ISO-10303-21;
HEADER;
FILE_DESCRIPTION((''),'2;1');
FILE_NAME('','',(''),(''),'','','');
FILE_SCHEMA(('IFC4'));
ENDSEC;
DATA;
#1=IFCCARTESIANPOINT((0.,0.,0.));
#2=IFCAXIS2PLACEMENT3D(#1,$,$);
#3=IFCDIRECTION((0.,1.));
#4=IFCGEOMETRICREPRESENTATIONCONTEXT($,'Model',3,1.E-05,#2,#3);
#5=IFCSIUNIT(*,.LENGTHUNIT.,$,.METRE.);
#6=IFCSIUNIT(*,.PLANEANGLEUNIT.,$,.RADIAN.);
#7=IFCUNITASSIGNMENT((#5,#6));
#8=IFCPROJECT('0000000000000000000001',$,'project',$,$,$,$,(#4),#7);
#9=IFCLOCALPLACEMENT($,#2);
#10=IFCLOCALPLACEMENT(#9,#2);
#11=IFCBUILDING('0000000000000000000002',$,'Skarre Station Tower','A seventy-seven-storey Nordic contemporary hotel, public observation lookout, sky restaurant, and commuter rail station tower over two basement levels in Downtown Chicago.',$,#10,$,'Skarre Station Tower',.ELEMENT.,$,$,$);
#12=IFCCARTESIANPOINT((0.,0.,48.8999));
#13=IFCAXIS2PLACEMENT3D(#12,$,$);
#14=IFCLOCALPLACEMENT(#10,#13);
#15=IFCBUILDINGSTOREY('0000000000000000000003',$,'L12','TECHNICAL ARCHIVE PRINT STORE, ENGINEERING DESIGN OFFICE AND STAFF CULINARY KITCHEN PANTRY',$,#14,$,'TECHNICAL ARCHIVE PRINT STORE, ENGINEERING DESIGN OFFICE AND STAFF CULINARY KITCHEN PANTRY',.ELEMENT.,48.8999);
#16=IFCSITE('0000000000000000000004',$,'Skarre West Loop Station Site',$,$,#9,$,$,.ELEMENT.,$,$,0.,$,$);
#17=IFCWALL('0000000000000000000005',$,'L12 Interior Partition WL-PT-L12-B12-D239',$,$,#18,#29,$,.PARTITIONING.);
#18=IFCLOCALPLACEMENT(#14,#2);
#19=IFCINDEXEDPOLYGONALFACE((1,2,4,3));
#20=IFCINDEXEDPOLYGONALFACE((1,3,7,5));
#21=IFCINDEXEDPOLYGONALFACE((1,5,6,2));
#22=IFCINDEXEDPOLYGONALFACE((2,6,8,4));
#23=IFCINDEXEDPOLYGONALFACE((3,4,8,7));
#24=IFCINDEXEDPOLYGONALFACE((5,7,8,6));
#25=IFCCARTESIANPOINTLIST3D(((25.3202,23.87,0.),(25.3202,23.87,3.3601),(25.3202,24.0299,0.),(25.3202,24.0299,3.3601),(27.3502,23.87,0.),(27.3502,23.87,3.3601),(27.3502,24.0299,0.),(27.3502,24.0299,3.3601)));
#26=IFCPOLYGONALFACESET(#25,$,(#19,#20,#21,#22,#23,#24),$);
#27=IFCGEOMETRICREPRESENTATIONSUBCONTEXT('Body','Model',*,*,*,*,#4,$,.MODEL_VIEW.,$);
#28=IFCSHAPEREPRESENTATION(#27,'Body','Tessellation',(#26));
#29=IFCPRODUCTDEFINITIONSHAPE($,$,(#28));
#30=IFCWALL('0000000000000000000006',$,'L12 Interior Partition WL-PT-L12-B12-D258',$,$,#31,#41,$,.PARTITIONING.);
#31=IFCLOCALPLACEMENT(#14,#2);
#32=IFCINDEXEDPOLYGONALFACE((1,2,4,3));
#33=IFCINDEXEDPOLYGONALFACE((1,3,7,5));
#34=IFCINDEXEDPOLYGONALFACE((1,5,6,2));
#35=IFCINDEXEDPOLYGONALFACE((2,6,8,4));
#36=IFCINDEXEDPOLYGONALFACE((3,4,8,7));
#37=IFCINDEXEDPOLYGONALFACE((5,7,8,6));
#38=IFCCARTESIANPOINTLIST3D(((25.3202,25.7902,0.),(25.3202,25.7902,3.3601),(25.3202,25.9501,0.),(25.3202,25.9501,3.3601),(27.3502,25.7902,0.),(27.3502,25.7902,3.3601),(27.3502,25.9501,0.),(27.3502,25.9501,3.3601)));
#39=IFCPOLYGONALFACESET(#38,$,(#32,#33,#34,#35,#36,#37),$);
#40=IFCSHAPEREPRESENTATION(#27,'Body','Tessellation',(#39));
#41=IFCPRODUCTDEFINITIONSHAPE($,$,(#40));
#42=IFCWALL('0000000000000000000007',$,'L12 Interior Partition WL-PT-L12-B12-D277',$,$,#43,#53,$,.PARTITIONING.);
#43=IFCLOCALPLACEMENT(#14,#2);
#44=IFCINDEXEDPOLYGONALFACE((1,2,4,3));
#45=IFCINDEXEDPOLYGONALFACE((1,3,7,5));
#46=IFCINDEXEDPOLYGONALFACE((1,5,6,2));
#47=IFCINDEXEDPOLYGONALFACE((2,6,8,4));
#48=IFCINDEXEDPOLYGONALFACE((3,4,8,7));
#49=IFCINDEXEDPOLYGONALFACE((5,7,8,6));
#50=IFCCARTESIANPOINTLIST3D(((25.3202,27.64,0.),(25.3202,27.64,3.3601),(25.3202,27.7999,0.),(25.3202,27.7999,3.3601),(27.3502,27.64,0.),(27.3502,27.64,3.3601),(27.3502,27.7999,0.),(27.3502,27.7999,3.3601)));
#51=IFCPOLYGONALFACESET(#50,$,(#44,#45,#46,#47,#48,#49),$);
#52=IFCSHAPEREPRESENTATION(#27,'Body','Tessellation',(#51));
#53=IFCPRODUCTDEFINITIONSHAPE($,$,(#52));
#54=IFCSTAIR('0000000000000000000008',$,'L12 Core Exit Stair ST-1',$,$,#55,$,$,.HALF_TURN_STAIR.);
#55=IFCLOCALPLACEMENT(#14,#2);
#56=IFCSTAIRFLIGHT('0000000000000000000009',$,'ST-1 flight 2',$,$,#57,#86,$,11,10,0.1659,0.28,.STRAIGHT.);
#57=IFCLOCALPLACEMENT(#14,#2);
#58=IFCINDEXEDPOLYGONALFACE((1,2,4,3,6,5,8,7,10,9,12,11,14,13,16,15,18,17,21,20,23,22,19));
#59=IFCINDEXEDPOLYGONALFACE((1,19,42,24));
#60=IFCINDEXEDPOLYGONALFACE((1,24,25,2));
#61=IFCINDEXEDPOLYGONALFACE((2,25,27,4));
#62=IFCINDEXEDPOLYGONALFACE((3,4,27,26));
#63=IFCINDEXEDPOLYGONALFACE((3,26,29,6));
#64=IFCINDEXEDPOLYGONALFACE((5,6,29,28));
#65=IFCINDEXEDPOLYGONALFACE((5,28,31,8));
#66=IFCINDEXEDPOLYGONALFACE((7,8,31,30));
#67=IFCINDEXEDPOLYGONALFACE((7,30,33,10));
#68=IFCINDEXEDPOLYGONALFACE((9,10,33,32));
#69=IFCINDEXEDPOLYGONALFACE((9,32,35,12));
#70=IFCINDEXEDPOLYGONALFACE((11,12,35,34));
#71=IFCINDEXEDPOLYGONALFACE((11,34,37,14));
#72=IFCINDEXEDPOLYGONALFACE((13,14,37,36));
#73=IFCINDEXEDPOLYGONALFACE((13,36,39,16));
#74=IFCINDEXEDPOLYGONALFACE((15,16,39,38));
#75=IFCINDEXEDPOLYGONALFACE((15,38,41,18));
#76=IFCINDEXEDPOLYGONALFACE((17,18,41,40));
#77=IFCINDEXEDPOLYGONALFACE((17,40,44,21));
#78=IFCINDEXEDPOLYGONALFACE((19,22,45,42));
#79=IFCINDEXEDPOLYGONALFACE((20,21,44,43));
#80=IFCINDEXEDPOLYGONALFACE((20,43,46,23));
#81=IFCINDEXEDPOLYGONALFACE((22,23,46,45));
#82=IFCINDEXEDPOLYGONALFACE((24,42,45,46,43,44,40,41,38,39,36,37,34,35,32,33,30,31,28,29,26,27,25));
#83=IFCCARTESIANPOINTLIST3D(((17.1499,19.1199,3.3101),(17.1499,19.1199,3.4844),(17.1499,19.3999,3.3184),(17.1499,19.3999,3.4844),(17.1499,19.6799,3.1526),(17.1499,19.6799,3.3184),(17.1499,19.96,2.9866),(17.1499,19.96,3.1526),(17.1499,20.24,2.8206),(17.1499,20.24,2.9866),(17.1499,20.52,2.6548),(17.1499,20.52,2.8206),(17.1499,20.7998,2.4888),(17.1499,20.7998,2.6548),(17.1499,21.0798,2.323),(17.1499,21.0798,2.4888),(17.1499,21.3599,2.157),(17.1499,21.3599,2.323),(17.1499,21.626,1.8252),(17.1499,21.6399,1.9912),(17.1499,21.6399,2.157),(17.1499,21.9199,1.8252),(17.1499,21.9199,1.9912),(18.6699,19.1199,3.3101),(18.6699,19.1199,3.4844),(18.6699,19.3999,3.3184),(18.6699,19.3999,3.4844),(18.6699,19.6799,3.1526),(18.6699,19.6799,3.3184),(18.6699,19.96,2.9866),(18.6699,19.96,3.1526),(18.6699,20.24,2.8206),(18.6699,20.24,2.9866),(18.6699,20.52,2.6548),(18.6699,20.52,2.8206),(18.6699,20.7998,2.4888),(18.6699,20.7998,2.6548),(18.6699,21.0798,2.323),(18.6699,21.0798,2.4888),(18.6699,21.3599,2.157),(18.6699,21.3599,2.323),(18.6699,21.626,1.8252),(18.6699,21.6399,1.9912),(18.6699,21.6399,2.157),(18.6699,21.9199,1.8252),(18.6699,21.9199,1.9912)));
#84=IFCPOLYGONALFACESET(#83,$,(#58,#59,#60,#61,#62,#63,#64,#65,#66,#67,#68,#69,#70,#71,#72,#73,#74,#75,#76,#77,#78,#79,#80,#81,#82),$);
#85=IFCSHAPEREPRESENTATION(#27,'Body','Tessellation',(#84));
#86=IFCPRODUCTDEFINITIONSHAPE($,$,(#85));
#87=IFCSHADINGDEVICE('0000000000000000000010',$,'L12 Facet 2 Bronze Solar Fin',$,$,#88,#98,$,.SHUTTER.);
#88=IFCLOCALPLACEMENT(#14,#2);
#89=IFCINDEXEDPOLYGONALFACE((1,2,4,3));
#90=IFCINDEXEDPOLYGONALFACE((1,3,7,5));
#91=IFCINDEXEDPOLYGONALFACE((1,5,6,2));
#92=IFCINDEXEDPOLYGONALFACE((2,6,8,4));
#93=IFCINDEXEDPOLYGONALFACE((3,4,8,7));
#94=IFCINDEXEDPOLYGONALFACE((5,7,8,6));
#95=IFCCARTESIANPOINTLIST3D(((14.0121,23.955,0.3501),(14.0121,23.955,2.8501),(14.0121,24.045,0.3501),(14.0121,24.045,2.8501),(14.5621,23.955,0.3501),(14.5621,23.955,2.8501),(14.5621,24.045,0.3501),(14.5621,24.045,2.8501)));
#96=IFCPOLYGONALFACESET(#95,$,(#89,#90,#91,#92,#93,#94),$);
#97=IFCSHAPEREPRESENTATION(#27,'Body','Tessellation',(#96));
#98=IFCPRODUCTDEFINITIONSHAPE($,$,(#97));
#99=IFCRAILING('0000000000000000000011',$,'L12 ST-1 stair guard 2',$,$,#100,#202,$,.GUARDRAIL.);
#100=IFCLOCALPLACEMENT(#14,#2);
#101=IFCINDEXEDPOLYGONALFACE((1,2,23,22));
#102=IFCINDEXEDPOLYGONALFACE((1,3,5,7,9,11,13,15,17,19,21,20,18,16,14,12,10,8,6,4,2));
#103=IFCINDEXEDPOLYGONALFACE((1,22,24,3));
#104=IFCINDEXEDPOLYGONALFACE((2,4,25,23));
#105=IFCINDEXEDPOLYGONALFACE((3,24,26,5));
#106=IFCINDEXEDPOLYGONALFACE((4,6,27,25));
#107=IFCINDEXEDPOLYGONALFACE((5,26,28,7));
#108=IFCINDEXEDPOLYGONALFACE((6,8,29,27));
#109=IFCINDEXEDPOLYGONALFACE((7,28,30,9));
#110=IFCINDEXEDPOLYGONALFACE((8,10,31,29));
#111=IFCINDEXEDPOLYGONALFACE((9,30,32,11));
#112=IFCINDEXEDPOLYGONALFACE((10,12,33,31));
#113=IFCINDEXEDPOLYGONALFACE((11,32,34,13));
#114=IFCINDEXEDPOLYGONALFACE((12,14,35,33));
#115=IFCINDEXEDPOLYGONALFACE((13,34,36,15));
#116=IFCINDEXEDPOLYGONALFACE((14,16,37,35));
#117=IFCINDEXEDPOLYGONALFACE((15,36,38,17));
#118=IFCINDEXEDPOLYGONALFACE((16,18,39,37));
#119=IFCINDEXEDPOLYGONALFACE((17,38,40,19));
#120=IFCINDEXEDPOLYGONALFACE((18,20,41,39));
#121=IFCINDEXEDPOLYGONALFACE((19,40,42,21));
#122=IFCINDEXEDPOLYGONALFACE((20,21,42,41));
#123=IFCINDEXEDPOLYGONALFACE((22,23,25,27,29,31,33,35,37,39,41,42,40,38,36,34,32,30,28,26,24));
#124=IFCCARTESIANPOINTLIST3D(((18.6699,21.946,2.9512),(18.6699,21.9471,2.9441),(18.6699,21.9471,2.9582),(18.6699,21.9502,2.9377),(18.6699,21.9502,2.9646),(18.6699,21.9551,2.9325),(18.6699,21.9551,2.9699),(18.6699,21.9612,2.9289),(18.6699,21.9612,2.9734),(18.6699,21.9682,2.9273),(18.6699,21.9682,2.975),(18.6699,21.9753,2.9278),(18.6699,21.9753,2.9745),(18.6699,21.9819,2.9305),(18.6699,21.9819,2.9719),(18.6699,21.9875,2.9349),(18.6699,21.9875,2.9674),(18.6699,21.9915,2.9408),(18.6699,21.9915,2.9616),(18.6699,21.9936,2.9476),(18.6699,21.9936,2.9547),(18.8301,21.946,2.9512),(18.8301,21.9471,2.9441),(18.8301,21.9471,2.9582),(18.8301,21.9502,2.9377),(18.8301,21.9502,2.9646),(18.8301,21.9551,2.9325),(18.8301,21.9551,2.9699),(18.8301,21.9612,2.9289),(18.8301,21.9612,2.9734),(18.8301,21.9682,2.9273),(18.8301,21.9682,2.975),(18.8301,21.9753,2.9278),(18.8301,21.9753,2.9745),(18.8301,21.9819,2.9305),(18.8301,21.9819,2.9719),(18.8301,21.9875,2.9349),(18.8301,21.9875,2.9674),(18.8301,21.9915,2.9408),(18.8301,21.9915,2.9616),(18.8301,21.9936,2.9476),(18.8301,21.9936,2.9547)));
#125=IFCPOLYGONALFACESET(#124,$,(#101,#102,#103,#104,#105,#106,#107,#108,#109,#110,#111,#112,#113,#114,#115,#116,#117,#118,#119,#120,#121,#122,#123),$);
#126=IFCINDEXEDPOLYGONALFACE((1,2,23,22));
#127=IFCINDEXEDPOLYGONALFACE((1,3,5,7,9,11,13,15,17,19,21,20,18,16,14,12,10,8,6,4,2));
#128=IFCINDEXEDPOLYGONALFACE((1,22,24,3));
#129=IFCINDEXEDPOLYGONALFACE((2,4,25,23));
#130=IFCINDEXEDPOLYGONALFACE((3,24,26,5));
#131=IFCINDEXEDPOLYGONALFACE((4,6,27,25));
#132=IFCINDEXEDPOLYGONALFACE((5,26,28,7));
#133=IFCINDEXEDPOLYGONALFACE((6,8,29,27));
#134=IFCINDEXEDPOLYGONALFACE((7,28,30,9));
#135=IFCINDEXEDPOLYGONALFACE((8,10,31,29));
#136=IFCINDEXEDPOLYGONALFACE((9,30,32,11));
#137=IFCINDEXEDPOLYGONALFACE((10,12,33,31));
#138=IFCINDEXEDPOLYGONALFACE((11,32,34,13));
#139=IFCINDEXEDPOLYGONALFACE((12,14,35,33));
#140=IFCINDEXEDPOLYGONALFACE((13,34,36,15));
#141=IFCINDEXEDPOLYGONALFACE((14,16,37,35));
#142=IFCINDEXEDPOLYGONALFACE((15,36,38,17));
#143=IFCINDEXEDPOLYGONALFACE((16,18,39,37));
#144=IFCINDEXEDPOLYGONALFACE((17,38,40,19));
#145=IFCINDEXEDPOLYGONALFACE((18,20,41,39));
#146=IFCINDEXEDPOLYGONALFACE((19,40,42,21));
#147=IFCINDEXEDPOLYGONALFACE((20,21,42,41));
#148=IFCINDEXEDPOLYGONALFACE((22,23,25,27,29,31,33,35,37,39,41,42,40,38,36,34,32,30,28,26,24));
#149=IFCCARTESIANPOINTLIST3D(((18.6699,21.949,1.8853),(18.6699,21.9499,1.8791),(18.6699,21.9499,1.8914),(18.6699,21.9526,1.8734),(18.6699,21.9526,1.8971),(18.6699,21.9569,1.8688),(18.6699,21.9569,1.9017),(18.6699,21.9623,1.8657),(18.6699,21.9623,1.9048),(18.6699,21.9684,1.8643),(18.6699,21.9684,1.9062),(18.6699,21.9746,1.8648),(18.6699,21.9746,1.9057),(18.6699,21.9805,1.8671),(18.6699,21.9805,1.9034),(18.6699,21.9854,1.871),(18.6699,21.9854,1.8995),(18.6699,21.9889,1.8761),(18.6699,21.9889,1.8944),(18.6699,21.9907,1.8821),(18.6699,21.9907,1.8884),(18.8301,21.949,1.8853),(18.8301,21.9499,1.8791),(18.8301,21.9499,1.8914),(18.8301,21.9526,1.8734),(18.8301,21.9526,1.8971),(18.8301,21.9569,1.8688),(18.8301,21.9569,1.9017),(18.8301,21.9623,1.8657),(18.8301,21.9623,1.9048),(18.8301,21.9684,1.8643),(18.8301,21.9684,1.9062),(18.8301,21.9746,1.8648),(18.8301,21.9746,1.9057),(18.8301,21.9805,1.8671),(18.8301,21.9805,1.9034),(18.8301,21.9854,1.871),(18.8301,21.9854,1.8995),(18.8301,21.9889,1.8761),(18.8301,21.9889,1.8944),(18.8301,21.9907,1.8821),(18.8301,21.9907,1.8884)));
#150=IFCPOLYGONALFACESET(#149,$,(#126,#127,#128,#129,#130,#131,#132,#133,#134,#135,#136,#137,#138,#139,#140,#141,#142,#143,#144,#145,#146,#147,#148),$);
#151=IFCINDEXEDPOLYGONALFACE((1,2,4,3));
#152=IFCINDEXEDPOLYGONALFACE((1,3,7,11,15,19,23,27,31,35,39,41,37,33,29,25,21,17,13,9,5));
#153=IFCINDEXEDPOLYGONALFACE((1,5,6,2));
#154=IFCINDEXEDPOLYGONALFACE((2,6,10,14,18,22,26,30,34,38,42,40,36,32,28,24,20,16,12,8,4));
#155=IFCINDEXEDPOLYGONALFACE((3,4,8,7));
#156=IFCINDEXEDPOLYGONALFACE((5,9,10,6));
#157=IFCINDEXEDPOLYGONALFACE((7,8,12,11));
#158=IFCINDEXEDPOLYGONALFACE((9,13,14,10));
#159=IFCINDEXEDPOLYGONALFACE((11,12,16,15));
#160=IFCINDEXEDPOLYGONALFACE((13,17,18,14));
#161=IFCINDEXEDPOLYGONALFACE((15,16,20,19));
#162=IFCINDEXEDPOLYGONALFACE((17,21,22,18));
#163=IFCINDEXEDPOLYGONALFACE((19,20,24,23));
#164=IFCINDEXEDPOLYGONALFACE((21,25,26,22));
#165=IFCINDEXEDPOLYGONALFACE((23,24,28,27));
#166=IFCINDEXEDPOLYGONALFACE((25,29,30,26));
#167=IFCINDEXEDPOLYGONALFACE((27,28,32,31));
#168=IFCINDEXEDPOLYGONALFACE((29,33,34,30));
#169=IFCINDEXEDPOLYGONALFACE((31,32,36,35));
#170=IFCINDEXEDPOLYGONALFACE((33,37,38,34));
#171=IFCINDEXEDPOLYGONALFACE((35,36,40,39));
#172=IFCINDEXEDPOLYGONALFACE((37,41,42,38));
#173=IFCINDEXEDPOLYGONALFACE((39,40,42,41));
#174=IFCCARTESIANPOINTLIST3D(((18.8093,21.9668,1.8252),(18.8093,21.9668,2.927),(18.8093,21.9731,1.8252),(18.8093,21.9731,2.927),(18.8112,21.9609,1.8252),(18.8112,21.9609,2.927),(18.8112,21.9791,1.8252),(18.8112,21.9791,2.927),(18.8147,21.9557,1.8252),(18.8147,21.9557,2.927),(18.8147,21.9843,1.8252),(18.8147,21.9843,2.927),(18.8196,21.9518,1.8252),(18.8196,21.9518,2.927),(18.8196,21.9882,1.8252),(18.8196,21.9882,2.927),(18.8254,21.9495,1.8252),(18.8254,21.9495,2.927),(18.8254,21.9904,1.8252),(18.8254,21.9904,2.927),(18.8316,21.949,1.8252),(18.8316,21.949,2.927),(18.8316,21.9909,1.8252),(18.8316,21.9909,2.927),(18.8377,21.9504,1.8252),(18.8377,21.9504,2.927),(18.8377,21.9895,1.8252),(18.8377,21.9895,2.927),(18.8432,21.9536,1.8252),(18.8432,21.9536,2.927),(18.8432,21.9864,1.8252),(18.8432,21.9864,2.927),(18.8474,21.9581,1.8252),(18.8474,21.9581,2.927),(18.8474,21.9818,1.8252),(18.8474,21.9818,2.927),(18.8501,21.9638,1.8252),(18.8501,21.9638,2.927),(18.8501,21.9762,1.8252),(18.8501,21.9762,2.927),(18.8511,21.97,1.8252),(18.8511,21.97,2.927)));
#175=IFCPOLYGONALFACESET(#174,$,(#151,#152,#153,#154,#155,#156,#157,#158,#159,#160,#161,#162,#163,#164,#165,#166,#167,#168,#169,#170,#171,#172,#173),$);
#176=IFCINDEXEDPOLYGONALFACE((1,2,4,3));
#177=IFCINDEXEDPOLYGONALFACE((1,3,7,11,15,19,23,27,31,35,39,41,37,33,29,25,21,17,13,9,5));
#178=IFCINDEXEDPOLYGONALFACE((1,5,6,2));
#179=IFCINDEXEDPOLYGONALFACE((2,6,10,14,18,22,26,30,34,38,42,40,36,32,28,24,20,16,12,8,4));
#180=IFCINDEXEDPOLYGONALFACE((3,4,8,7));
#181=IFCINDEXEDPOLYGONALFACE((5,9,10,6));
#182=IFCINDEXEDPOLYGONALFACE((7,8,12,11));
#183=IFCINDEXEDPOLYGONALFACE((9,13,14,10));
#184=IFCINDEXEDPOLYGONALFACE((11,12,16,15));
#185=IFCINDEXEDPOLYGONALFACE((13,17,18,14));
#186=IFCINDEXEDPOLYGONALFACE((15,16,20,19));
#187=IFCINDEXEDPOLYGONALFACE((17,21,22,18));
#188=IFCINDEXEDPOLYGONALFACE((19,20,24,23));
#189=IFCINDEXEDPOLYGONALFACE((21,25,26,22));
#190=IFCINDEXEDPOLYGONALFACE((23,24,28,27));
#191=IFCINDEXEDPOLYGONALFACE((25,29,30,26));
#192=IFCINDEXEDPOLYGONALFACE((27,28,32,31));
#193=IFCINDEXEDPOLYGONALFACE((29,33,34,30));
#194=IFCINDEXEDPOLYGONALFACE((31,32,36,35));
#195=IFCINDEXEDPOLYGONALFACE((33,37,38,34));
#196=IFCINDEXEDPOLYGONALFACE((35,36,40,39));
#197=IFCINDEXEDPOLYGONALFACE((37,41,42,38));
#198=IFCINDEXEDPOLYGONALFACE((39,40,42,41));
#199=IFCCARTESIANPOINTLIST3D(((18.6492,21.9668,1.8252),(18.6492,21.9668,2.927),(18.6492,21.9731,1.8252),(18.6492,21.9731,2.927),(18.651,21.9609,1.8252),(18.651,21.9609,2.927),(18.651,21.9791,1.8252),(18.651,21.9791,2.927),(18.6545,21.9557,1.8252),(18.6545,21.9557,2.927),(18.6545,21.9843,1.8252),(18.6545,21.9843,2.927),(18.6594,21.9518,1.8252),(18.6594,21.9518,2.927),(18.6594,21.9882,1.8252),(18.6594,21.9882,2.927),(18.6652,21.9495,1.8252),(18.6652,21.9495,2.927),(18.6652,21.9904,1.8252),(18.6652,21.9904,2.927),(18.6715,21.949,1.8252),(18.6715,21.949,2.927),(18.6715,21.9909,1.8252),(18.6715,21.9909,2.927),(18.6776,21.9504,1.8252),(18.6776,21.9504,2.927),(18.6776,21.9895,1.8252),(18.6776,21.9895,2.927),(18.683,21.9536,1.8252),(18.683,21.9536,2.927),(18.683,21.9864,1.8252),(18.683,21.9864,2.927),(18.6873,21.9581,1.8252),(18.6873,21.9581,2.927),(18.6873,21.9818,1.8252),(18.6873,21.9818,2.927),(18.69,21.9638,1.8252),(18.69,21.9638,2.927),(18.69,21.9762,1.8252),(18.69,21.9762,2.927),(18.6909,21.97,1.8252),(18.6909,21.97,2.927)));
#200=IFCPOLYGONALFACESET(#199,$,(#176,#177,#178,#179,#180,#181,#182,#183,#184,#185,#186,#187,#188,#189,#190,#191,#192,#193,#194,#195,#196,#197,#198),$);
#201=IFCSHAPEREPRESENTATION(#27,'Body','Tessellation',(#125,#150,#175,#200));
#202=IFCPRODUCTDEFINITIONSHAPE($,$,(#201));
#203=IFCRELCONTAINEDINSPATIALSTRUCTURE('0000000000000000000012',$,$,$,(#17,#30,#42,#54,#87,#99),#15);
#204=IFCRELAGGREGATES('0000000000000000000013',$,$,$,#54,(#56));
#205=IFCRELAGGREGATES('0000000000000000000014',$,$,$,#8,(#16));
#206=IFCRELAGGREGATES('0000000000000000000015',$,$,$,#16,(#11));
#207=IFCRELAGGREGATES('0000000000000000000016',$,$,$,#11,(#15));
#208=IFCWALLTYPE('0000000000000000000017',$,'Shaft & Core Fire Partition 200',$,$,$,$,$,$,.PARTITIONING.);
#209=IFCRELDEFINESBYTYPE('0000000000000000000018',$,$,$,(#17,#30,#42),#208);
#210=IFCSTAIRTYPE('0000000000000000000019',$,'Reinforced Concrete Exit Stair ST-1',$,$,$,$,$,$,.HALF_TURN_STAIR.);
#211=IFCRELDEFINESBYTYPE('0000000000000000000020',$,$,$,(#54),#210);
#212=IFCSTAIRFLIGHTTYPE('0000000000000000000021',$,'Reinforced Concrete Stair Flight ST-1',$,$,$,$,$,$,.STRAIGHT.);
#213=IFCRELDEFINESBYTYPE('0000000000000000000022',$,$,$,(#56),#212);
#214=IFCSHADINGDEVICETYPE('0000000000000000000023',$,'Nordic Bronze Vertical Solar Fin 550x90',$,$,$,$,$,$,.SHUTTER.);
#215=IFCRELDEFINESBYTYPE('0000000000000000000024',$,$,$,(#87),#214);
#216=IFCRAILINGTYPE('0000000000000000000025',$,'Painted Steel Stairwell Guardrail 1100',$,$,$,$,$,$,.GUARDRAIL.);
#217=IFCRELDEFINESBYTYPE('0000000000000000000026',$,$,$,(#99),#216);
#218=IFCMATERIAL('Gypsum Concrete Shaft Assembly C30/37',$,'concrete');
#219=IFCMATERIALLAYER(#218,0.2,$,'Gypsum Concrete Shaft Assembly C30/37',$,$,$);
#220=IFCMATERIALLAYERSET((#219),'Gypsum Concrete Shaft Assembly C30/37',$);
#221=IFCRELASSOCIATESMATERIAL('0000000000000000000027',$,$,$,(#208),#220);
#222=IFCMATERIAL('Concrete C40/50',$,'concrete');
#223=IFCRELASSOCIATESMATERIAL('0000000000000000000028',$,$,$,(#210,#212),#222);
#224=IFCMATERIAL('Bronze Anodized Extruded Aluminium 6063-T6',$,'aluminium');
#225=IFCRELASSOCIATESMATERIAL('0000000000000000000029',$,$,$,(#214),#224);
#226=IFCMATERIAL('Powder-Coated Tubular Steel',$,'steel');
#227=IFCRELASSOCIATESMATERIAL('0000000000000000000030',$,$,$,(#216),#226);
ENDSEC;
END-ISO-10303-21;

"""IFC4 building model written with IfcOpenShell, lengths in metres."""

from ifc_helpers import new_model, si_unit, direction, frame, frame_2d, origin, origin_2d, place, context, subcontext, project, spatial, polyline, rectangle, circle, outline, extrude, material, layer, layer_set, type_object, element, aggregate, save


model = new_model("IFC4")

# Units and contexts
model_context = context("Model", 3, precision=1e-05, world=origin(), true_north=direction((0.0, 1.0)))
body_context = subcontext(model_context, "Body", "Model", "MODEL_VIEW")
ifc_project = project(units=[si_unit("LENGTHUNIT", "METRE"), si_unit("PLANEANGLEUNIT", "RADIAN")], contexts=[model_context])

# Site, building, storey
site_placement = place(None, origin())
site = spatial("IfcSite", under=ifc_project, at=site_placement, Name="Skarre West Loop Station Site", CompositionType="ELEMENT", RefElevation=0.0)
building_placement = place(site_placement, origin())
building = spatial("IfcBuilding", under=site, at=building_placement, Name="Skarre Station Tower", Description="A seventy-seven-storey Nordic contemporary hotel, public observation lookout, sky restaurant, and commuter rail station tower over two basement levels in Downtown Chicago.", LongName="Skarre Station Tower", CompositionType="ELEMENT")
storey_placement = place(building_placement, frame((0.0, 0.0, 48.8999)))
storey = spatial("IfcBuildingStorey", under=building, at=storey_placement, Name="L12", Description="TECHNICAL ARCHIVE PRINT STORE, ENGINEERING DESIGN OFFICE AND STAFF CULINARY KITCHEN PANTRY", LongName="TECHNICAL ARCHIVE PRINT STORE, ENGINEERING DESIGN OFFICE AND STAFF CULINARY KITCHEN PANTRY", CompositionType="ELEMENT", Elevation=48.8999)

# Shared definitions
ifc_material_1 = material(Name="Gypsum Concrete Shaft Assembly C30/37", Category="concrete")
ifc_layer_1 = layer(ifc_material_1, 0.2, Name="Gypsum Concrete Shaft Assembly C30/37")
ifc_layer_set_1 = layer_set([ifc_layer_1], Name="Gypsum Concrete Shaft Assembly C30/37")
wall_type_1 = type_object("IfcWallType", Name="Shaft & Core Fire Partition 200", PredefinedType="PARTITIONING", material=ifc_layer_set_1)

# Walls
for number, where, z_axis, x_axis, name in (
    (1, (25.3201, 23.95, 0.0), (0.0, 0.0, 1.0), (1.0, 0.0, 0.0), "L12 Interior Partition WL-PT-L12-B12-D239"),
    (2, (25.3201, 25.8701, 0.0), (0.0, 0.0, 1.0), (1.0, 0.0, 0.0), "L12 Interior Partition WL-PT-L12-B12-D258"),
    (3, (25.3201, 27.72, 0.0), (0.0, 0.0, 1.0), (1.0, 0.0, 0.0), "L12 Interior Partition WL-PT-L12-B12-D277"),
):
    element("IfcWall", number, at=place(storey_placement, frame(where, z_axis=z_axis, x_axis=x_axis)), inside=storey, type_object=wall_type_1, Name=name, PredefinedType="PARTITIONING", context=body_context, shape_type="SweptSolid", body=[
        extrude(rectangle(XDim=2.03, YDim=0.1599, at=frame_2d((1.0151, 0.0))), origin(), (0.0, 0.0, 1.0), 3.3601),
    ])

# Stair, stair flight
ifc_material_2 = material(Name="Concrete C40/50", Category="concrete")
stair_type = type_object("IfcStairType", Name="Reinforced Concrete Exit Stair ST-1", PredefinedType="HALF_TURN_STAIR", material=ifc_material_2)
stair_placement = place(storey_placement, origin())
stair = element("IfcStair", 4, at=stair_placement, inside=storey, type_object=stair_type, Name="L12 Core Exit Stair ST-1", PredefinedType="HALF_TURN_STAIR")
stair_flight_type = type_object("IfcStairFlightType", Name="Reinforced Concrete Stair Flight ST-1", PredefinedType="STRAIGHT", material=ifc_material_2)
stair_flight_placement = place(storey_placement, frame((17.9099, 21.9199, 1.8252), z_axis=(0.0, 0.0, 1.0), x_axis=(0.0, -1.0, 0.0)))
stair_flight = element("IfcStairFlight", 5, at=stair_flight_placement, type_object=stair_flight_type, Name="ST-1 flight 2", NumberOfRisers=11, NumberOfTreads=10, PredefinedType="STRAIGHT", RiserHeight=0.1659, TreadLength=0.28, context=body_context, shape_type="SweptSolid", body=[
    extrude(outline(polyline([(0.0, 0.0), (0.0, 0.166), (0.28, 0.166), (0.28, 0.3318), (0.5601, 0.3318), (0.5601, 0.4978), (0.8401, 0.4978), (0.8401, 0.6636), (1.1201, 0.6636), (1.1201, 0.8296), (1.3999, 0.8296), (1.3999, 0.9954), (1.6799, 0.9954), (1.6799, 1.1614), (1.96, 1.1614), (1.96, 1.3274), (2.24, 1.3274), (2.24, 1.4932), (2.52, 1.4932), (2.52, 1.6592), (2.8, 1.6592), (2.8, 1.825), (2.8, 1.4849), (0.2939, 0.0), (0.0, 0.0)])), frame((0.0, 0.76, 0.0), z_axis=(0.0, -1.0, 0.0), x_axis=(1.0, 0.0, 0.0)), (0.0, 0.0, 1.0), 1.52),
])
aggregate(stair, [stair_flight])

# Shading device
ifc_material_3 = material(Name="Bronze Anodized Extruded Aluminium 6063-T6", Category="aluminium")
shading_device_type = type_object("IfcShadingDeviceType", Name="Nordic Bronze Vertical Solar Fin 550x90", PredefinedType="SHUTTER", material=ifc_material_3)
shading_device_placement = place(storey_placement, frame((14.2871, 24.0, 0.3501), z_axis=(0.0, 0.0, 1.0), x_axis=(-1.0, 0.0, 0.0)))
element("IfcShadingDevice", 6, at=shading_device_placement, inside=storey, type_object=shading_device_type, Name="L12 Facet 2 Bronze Solar Fin", PredefinedType="SHUTTER", context=body_context, shape_type="SweptSolid", body=[
    extrude(rectangle(XDim=0.55, YDim=0.0901, at=origin_2d()), origin(), (0.0, 0.0, 1.0), 2.5),
])

# Railing
ifc_material_4 = material(Name="Powder-Coated Tubular Steel", Category="steel")
railing_type = type_object("IfcRailingType", Name="Painted Steel Stairwell Guardrail 1100", PredefinedType="GUARDRAIL", material=ifc_material_4)
railing_1_placement = place(storey_placement, frame((18.8301, 21.97, 1.8252)))
element("IfcRailing", 7, at=railing_1_placement, inside=storey, type_object=railing_type, Name="L12 ST-1 stair guard 2", PredefinedType="GUARDRAIL", context=body_context, shape_type="SweptSolid", body=[
    extrude(circle(Radius=0.0239, at=origin_2d()), frame((0.0, 0.0, 1.126), z_axis=(-1.0, 0.0, 0.0), x_axis=(0.0, -1.0, 0.0)), (0.0, 0.0, 1.0), 0.1602),
    extrude(circle(Radius=0.021, at=origin_2d()), frame((0.0, 0.0, 0.0601), z_axis=(-1.0, 0.0, 0.0), x_axis=(0.0, -1.0, 0.0)), (0.0, 0.0, 1.0), 0.1602),
    extrude(circle(Radius=0.021, at=origin_2d()), origin(), (0.0, 0.0, 1.0), 1.1018),
    extrude(circle(Radius=0.021, at=origin_2d()), frame((-0.1602, 0.0, 0.0)), (0.0, 0.0, 1.0), 1.1018),
])

save(model, "model.ifc")
